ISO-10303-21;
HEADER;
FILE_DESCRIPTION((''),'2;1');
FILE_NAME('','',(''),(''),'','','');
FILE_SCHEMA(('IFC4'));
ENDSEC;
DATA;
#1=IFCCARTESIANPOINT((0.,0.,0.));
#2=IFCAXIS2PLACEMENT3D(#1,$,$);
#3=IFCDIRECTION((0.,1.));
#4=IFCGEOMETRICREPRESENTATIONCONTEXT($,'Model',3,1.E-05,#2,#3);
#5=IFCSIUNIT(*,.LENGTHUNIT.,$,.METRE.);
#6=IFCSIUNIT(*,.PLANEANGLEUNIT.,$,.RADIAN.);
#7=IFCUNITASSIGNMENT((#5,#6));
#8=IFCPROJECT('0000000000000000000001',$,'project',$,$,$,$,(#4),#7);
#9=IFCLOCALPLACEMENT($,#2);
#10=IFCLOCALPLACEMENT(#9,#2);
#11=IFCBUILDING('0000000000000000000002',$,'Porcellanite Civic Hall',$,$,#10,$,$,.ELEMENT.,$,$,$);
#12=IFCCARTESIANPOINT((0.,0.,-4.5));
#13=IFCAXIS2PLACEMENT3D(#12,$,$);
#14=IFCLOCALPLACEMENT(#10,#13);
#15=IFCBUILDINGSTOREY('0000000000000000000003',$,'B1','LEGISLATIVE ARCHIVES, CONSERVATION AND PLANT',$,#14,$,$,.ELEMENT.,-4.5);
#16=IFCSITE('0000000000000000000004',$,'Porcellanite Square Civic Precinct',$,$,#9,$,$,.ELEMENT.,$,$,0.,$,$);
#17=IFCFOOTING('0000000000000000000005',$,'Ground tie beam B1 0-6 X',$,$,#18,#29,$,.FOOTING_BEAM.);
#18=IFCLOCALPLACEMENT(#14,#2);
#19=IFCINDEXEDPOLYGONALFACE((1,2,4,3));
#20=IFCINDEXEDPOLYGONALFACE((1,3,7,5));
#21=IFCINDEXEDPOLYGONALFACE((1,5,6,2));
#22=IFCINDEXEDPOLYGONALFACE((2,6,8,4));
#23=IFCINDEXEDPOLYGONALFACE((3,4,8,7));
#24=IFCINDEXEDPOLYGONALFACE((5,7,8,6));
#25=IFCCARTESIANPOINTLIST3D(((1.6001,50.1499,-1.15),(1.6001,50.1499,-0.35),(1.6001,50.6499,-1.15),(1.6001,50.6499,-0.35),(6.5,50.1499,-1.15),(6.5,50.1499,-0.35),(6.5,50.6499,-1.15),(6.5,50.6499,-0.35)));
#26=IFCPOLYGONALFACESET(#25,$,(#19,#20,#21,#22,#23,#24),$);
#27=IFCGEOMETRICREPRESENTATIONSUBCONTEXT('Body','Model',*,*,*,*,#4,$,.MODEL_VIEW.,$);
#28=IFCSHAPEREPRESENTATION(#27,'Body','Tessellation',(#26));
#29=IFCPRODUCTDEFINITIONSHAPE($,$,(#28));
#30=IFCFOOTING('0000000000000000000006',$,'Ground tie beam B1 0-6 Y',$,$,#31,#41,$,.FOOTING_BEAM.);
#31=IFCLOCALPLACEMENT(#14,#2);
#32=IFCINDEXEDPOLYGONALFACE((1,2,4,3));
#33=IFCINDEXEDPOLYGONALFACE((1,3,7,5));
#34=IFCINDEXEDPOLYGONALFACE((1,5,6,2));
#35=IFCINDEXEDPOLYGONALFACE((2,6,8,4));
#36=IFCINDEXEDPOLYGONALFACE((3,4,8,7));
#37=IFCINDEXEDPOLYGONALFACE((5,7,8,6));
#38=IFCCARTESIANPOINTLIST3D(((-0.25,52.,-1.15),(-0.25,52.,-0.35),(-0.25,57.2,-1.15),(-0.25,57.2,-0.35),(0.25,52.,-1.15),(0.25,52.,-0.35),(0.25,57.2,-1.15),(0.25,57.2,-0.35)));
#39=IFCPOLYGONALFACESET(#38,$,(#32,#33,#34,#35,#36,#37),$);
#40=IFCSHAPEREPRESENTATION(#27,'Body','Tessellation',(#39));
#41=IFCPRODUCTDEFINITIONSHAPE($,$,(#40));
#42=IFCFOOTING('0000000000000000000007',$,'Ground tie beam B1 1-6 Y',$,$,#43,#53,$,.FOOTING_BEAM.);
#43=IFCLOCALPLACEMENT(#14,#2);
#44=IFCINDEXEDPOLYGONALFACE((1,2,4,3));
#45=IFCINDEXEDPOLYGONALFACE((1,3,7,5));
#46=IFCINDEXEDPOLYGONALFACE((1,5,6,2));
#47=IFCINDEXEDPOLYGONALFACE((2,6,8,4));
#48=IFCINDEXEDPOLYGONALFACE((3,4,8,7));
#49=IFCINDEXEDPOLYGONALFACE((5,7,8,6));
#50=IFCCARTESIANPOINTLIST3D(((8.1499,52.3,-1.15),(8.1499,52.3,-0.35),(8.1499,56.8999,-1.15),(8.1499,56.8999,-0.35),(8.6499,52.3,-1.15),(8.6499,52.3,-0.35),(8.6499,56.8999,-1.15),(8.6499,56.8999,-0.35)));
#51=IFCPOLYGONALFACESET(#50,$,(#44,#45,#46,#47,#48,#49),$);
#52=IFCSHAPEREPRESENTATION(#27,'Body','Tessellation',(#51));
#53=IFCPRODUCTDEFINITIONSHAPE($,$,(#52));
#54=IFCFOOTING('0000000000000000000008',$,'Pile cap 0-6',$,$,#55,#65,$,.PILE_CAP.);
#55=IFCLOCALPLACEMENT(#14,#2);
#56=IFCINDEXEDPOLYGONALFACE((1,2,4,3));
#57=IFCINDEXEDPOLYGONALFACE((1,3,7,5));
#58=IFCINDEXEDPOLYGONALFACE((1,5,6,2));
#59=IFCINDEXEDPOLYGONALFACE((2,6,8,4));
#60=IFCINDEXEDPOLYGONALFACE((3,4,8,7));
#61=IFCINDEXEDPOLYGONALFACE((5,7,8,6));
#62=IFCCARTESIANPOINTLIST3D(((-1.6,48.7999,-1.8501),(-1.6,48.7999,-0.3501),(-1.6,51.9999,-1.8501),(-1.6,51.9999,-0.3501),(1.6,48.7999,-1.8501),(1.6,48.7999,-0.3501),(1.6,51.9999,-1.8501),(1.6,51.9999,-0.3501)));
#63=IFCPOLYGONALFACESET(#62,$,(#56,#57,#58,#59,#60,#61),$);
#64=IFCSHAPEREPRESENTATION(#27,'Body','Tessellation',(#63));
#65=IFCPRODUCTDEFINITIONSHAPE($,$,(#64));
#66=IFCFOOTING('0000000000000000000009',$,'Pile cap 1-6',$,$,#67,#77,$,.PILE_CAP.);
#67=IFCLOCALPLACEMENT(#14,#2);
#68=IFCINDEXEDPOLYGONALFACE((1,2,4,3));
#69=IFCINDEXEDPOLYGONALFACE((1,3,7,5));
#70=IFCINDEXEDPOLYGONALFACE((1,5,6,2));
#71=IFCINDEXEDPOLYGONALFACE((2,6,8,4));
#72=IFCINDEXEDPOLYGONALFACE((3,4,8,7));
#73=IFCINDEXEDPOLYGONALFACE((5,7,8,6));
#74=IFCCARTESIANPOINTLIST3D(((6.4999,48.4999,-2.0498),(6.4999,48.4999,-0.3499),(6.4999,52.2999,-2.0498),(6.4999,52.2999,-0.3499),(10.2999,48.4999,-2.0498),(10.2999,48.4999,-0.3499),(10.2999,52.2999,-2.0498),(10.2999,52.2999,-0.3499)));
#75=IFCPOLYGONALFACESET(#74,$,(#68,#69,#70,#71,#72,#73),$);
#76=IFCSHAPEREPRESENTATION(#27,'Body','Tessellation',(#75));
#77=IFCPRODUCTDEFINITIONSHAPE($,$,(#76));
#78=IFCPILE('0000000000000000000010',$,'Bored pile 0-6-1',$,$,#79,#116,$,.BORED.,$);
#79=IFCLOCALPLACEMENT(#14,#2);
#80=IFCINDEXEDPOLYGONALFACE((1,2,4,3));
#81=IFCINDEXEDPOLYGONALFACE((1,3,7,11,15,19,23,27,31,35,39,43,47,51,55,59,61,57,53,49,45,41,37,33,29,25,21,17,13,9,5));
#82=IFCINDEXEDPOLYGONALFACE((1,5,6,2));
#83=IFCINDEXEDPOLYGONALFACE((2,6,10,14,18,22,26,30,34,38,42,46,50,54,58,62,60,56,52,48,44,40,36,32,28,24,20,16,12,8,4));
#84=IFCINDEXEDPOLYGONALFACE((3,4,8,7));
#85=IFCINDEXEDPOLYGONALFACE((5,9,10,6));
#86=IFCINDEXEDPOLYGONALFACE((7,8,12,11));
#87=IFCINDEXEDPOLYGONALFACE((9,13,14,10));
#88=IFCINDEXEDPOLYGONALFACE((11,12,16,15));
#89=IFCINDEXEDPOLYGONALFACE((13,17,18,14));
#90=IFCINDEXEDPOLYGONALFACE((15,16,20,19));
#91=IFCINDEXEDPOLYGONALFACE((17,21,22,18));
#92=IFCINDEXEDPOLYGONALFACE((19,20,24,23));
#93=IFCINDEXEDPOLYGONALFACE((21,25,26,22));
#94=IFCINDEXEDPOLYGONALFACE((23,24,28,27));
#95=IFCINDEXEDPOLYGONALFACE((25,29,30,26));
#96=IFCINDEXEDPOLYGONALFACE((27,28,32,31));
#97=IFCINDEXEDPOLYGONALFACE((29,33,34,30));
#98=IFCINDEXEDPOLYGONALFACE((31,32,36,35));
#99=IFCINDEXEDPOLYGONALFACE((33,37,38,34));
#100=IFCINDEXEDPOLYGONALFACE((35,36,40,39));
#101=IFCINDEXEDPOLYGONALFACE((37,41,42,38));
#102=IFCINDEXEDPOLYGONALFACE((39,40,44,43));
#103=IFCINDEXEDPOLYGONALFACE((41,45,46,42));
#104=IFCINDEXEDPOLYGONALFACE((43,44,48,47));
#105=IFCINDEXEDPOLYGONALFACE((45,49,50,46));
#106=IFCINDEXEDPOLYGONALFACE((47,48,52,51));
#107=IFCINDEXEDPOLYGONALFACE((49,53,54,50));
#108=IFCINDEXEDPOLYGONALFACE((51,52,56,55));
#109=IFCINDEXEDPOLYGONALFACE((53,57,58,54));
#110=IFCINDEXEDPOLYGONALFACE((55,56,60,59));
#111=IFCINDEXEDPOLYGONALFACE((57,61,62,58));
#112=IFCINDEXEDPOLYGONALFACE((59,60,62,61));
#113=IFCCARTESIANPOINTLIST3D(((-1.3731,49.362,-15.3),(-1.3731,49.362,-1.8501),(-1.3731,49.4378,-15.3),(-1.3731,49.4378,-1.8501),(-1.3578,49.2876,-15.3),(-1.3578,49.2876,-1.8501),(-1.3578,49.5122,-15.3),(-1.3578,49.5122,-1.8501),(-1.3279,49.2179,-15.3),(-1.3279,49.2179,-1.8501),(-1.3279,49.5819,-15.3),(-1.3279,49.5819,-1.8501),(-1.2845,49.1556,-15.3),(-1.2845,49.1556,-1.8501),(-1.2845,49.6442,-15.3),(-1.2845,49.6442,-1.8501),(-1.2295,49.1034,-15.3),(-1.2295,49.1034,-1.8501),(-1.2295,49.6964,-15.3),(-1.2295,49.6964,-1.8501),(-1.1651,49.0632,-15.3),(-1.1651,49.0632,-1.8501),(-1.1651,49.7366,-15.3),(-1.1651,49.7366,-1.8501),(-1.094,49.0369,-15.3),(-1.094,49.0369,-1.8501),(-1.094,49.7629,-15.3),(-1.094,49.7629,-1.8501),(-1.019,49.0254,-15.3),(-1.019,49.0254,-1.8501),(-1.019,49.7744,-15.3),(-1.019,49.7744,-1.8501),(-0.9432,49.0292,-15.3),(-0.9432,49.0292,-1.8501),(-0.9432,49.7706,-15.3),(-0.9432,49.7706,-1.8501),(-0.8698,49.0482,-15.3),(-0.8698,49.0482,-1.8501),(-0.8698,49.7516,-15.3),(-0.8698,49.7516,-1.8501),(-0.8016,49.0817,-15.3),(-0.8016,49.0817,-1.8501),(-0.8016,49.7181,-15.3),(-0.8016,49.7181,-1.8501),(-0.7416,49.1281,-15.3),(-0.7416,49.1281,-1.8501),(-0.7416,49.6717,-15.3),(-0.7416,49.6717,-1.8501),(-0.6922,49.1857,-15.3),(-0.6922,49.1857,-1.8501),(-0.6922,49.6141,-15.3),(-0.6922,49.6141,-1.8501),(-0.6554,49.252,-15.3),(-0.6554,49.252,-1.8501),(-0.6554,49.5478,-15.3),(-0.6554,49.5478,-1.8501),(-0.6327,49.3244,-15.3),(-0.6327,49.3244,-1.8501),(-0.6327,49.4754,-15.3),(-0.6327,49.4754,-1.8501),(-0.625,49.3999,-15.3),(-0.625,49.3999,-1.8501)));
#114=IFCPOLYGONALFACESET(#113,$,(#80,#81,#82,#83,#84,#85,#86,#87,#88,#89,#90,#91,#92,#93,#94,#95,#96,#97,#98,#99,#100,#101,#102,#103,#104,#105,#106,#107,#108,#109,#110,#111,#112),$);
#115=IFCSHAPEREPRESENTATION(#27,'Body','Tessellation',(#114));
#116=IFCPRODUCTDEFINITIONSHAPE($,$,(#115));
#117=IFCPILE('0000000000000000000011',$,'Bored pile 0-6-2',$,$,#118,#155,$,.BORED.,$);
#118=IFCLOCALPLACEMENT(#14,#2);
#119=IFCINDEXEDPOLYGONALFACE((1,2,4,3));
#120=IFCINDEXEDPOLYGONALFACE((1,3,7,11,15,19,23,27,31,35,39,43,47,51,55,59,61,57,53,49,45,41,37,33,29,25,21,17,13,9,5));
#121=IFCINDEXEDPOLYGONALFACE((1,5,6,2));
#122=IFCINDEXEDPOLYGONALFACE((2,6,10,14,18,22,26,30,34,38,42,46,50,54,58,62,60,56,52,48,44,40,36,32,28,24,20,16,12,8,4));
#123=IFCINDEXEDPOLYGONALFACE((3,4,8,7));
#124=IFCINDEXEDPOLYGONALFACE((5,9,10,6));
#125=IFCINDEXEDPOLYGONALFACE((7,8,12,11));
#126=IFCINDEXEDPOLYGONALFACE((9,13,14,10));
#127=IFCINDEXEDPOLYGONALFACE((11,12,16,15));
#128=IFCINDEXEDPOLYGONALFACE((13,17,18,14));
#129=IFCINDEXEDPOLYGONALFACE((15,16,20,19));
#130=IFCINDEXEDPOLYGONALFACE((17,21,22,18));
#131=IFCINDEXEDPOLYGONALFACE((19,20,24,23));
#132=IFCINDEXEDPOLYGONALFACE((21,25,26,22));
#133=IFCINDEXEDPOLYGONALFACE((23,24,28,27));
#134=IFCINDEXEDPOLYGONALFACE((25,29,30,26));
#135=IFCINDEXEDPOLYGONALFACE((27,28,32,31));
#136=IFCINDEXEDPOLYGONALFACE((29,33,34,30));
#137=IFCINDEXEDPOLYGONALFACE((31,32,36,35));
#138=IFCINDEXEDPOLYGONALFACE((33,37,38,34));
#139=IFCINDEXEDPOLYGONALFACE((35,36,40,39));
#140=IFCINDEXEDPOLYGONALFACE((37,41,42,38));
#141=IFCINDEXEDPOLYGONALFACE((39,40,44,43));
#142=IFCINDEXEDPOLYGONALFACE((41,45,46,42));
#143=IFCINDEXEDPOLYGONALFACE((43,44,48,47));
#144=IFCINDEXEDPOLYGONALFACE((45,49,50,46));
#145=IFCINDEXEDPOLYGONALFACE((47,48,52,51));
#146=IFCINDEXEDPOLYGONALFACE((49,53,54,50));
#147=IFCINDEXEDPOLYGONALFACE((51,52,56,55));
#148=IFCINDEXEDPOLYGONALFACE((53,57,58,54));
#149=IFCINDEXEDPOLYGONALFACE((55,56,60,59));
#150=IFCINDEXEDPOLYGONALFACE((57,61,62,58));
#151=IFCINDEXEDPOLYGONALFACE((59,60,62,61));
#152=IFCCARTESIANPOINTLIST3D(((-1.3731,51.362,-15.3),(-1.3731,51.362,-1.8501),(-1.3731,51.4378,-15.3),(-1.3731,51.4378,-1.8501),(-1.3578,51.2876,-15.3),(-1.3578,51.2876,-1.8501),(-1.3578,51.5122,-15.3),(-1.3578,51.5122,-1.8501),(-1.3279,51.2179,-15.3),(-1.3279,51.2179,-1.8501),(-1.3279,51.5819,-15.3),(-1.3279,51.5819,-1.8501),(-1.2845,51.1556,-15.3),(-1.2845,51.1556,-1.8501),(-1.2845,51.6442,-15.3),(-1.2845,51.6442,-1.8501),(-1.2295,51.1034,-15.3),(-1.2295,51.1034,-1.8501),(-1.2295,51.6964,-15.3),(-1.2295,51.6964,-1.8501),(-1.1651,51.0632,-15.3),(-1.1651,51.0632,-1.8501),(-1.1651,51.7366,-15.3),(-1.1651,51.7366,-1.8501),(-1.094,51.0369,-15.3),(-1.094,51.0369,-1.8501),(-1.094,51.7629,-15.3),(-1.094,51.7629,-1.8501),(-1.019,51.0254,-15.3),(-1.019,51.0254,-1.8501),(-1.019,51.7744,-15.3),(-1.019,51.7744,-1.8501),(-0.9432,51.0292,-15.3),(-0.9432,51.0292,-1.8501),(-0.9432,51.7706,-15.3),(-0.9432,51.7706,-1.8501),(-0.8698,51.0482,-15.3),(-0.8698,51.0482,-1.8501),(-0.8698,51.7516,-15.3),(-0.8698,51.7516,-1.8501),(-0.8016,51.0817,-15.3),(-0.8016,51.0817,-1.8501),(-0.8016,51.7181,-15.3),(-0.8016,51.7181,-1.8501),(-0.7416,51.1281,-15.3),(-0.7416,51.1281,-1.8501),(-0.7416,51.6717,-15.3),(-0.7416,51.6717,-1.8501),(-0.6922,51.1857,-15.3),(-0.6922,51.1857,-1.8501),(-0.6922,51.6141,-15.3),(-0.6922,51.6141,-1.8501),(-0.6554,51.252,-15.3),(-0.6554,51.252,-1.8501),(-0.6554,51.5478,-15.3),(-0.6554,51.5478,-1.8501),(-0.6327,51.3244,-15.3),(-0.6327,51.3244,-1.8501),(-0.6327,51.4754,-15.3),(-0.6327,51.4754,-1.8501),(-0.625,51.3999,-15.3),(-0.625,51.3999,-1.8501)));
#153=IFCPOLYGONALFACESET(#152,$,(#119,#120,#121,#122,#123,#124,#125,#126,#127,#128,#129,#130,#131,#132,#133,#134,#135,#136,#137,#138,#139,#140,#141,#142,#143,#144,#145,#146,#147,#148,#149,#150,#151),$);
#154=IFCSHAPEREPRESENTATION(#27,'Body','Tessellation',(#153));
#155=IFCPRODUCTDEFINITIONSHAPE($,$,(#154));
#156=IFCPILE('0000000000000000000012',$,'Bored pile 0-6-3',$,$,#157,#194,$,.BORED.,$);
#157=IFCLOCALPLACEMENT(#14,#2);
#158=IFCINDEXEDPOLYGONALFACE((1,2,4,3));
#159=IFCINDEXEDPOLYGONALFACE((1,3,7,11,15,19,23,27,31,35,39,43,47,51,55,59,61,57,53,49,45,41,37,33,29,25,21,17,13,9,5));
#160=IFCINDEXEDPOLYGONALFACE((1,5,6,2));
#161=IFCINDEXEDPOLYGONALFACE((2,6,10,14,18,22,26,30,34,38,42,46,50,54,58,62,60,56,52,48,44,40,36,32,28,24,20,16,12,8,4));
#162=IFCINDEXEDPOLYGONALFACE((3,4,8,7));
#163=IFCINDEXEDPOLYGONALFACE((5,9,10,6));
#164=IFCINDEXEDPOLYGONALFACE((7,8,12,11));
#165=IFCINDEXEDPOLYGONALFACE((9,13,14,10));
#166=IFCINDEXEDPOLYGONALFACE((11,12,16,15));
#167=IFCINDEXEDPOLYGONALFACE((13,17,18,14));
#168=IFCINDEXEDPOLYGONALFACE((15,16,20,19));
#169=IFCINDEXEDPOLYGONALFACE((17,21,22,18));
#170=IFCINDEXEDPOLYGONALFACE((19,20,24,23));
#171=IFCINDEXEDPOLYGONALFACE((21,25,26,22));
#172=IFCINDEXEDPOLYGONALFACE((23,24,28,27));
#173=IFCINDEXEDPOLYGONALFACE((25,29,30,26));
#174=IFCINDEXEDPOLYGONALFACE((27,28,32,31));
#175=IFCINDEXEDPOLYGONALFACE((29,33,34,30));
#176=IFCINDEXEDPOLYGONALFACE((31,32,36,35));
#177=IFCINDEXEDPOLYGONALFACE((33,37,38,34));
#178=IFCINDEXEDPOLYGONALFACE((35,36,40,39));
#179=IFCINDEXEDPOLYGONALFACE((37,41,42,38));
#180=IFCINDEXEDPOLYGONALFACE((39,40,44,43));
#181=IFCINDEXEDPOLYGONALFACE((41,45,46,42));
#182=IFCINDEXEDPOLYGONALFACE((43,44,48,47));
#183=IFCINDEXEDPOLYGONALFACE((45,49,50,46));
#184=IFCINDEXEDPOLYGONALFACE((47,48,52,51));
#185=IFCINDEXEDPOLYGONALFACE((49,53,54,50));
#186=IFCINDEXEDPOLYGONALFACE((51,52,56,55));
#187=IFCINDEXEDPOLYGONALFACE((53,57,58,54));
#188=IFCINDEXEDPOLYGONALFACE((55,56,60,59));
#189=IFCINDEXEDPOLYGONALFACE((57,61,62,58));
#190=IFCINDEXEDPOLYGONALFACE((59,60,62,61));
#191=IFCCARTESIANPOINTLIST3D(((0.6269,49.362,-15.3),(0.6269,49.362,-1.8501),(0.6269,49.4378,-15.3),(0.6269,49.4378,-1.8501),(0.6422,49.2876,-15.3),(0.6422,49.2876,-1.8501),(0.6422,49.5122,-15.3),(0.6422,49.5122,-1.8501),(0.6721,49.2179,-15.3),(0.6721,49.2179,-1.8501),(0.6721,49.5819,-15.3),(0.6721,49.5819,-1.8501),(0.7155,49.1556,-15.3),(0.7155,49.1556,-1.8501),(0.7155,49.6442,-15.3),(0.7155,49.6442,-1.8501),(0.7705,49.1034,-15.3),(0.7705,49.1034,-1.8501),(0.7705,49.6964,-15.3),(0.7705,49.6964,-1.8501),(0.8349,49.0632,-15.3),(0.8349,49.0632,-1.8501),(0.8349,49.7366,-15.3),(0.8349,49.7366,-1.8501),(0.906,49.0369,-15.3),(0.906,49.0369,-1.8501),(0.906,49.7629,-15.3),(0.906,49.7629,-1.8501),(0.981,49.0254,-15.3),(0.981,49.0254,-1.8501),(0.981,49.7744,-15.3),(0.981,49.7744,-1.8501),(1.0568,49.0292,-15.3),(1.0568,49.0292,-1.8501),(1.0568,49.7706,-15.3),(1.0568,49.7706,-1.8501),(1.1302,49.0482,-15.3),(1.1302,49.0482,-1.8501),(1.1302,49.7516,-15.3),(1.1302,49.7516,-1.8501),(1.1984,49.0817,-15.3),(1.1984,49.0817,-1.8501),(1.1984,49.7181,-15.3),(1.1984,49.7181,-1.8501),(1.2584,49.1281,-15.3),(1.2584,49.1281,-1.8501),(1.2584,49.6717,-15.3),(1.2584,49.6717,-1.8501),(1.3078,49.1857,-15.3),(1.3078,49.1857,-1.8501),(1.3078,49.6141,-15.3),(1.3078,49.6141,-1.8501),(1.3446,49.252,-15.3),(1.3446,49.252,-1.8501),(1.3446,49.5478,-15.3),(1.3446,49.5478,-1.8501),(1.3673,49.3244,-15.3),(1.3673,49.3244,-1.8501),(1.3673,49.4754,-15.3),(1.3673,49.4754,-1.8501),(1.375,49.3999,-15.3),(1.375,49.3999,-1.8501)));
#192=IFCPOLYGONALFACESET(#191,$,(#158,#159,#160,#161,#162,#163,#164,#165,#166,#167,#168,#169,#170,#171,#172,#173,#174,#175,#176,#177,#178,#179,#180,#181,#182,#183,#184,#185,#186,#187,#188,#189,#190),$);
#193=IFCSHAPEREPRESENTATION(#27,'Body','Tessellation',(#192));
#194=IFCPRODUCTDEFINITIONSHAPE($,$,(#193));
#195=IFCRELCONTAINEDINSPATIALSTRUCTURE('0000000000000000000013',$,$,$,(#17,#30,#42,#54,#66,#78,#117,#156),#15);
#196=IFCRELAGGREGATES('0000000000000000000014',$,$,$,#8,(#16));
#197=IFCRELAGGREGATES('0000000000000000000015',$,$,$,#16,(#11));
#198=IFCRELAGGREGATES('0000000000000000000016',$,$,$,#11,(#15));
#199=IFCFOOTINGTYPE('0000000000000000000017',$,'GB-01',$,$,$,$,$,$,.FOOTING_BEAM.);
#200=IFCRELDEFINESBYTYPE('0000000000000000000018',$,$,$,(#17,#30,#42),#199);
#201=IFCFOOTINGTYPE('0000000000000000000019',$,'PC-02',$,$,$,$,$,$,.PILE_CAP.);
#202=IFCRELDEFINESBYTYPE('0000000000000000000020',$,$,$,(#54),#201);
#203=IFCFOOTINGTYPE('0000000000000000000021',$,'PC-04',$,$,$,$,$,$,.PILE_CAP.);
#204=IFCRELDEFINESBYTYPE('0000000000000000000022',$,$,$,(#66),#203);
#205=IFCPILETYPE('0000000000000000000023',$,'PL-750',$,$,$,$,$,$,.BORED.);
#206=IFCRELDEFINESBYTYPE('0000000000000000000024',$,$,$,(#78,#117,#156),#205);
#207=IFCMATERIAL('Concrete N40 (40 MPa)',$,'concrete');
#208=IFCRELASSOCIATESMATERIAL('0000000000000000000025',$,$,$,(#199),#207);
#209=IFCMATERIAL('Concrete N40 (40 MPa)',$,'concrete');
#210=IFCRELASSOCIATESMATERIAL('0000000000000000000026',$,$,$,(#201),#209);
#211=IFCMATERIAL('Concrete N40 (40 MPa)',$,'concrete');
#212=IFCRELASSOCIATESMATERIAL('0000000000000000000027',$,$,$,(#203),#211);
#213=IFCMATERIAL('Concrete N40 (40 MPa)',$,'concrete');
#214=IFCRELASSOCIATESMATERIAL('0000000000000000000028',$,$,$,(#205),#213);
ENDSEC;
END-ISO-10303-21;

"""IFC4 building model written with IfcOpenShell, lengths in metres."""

from ifc_helpers import new_model, si_unit, direction, frame, origin, origin_2d, place, context, subcontext, project, spatial, rectangle, circle, extrude, material, material_profile, profile_set, type_object, element, save


model = new_model("IFC4")

# Units and contexts
model_context = context("Model", 3, precision=1e-05, world=origin(), true_north=direction((0.0, 1.0)))
body_context = subcontext(model_context, "Body", "Model", "MODEL_VIEW")
ifc_project = project(units=[si_unit("LENGTHUNIT", "METRE"), si_unit("PLANEANGLEUNIT", "RADIAN")], contexts=[model_context])

# Site, building, storey
site_placement = place(None, origin())
site = spatial("IfcSite", under=ifc_project, at=site_placement, Name="Porcellanite Square Civic Precinct", CompositionType="ELEMENT", RefElevation=0.0)
building_placement = place(site_placement, origin())
building = spatial("IfcBuilding", under=site, at=building_placement, Name="Porcellanite Civic Hall", CompositionType="ELEMENT")
storey_placement = place(building_placement, frame((0.0, 0.0, -4.5)))
storey = spatial("IfcBuildingStorey", under=building, at=storey_placement, Name="B1", Description="LEGISLATIVE ARCHIVES, CONSERVATION AND PLANT", CompositionType="ELEMENT", Elevation=-4.5)

# Footings
ifc_material_1 = material(Name="Concrete N40 (40 MPa)", Category="concrete")
ifc_material_profile_1 = material_profile(ifc_material_1, rectangle(XDim=0.5, YDim=0.8, at=origin_2d()), Name="RC-500x800")
ifc_profile_set_1 = profile_set([ifc_material_profile_1], Name="Concrete N40 (40 MPa)")
footing_type_1 = type_object("IfcFootingType", Name="GB-01", PredefinedType="FOOTING_BEAM", material=ifc_profile_set_1)
footing_1_placement = place(storey_placement, frame((1.6001, 50.3999, -0.75), z_axis=(1.0, 0.0, 0.0), x_axis=(0.0, 1.0, 0.0)))
element("IfcFooting", 1, at=footing_1_placement, inside=storey, type_object=footing_type_1, Name="Ground tie beam B1 0-6 X", PredefinedType="FOOTING_BEAM", context=body_context, shape_type="SweptSolid", body=[
    extrude(rectangle(XDim=0.5, YDim=0.8, at=origin_2d()), origin(), (0.0, 0.0, 1.0), 4.8999),
])
footing_2_placement = place(storey_placement, frame((0.0, 52.0, -0.75), z_axis=(0.0, 1.0, 0.0), x_axis=(-1.0, 0.0, 0.0)))
element("IfcFooting", 2, at=footing_2_placement, inside=storey, type_object=footing_type_1, Name="Ground tie beam B1 0-6 Y", PredefinedType="FOOTING_BEAM", context=body_context, shape_type="SweptSolid", body=[
    extrude(rectangle(XDim=0.5, YDim=0.8, at=origin_2d()), origin(), (0.0, 0.0, 1.0), 5.2),
])
footing_3_placement = place(storey_placement, frame((8.3999, 52.3, -0.75), z_axis=(0.0, 1.0, 0.0), x_axis=(-1.0, 0.0, 0.0)))
element("IfcFooting", 3, at=footing_3_placement, inside=storey, type_object=footing_type_1, Name="Ground tie beam B1 1-6 Y", PredefinedType="FOOTING_BEAM", context=body_context, shape_type="SweptSolid", body=[
    extrude(rectangle(XDim=0.5, YDim=0.8, at=origin_2d()), origin(), (0.0, 0.0, 1.0), 4.5999),
])
ifc_material_2 = material(Name="Concrete N40 (40 MPa)", Category="concrete")
footing_type_2 = type_object("IfcFootingType", Name="PC-02", PredefinedType="PILE_CAP", material=ifc_material_2)
footing_4_placement = place(storey_placement, frame((0.0, 50.3999, -1.8501), z_axis=(0.0, 0.0, 1.0), x_axis=(1.0, 0.0, 0.0)))
element("IfcFooting", 4, at=footing_4_placement, inside=storey, type_object=footing_type_2, Name="Pile cap 0-6", PredefinedType="PILE_CAP", context=body_context, shape_type="SweptSolid", body=[
    extrude(rectangle(XDim=3.2, YDim=3.2, at=origin_2d()), origin(), (0.0, 0.0, 1.0), 1.5),
])
ifc_material_3 = material(Name="Concrete N40 (40 MPa)", Category="concrete")
footing_type_3 = type_object("IfcFootingType", Name="PC-04", PredefinedType="PILE_CAP", material=ifc_material_3)
footing_5_placement = place(storey_placement, frame((8.3999, 50.3999, -2.0498), z_axis=(0.0, 0.0, 1.0), x_axis=(1.0, 0.0, 0.0)))
element("IfcFooting", 5, at=footing_5_placement, inside=storey, type_object=footing_type_3, Name="Pile cap 1-6", PredefinedType="PILE_CAP", context=body_context, shape_type="SweptSolid", body=[
    extrude(rectangle(XDim=3.8, YDim=3.8, at=origin_2d()), origin(), (0.0, 0.0, 1.0), 1.7),
])

# Piles
ifc_material_4 = material(Name="Concrete N40 (40 MPa)", Category="concrete")
ifc_material_profile_2 = material_profile(ifc_material_4, circle(Radius=0.375, at=origin_2d()), Name="PILE-D750")
ifc_profile_set_2 = profile_set([ifc_material_profile_2], Name="Concrete N40 (40 MPa)")
pile_type_1 = type_object("IfcPileType", Name="PL-750", PredefinedType="BORED", material=ifc_profile_set_2)
for number, where, z_axis, x_axis, name in (
    (6, (-1.0, 49.3999, -1.8501), (0.0, 0.0, -1.0), (1.0, 0.0, 0.0), "Bored pile 0-6-1"),
    (7, (-1.0, 51.3999, -1.8501), (0.0, 0.0, -1.0), (1.0, 0.0, 0.0), "Bored pile 0-6-2"),
    (8, (1.0, 49.3999, -1.8501), (0.0, 0.0, -1.0), (1.0, 0.0, 0.0), "Bored pile 0-6-3"),
):
    element("IfcPile", number, at=place(storey_placement, frame(where, z_axis=z_axis, x_axis=x_axis)), inside=storey, type_object=pile_type_1, Name=name, PredefinedType="BORED", context=body_context, shape_type="SweptSolid", body=[
        extrude(circle(Radius=0.375, at=origin_2d()), origin(), (0.0, 0.0, 1.0), 13.45),
    ])

save(model, "model.ifc")
